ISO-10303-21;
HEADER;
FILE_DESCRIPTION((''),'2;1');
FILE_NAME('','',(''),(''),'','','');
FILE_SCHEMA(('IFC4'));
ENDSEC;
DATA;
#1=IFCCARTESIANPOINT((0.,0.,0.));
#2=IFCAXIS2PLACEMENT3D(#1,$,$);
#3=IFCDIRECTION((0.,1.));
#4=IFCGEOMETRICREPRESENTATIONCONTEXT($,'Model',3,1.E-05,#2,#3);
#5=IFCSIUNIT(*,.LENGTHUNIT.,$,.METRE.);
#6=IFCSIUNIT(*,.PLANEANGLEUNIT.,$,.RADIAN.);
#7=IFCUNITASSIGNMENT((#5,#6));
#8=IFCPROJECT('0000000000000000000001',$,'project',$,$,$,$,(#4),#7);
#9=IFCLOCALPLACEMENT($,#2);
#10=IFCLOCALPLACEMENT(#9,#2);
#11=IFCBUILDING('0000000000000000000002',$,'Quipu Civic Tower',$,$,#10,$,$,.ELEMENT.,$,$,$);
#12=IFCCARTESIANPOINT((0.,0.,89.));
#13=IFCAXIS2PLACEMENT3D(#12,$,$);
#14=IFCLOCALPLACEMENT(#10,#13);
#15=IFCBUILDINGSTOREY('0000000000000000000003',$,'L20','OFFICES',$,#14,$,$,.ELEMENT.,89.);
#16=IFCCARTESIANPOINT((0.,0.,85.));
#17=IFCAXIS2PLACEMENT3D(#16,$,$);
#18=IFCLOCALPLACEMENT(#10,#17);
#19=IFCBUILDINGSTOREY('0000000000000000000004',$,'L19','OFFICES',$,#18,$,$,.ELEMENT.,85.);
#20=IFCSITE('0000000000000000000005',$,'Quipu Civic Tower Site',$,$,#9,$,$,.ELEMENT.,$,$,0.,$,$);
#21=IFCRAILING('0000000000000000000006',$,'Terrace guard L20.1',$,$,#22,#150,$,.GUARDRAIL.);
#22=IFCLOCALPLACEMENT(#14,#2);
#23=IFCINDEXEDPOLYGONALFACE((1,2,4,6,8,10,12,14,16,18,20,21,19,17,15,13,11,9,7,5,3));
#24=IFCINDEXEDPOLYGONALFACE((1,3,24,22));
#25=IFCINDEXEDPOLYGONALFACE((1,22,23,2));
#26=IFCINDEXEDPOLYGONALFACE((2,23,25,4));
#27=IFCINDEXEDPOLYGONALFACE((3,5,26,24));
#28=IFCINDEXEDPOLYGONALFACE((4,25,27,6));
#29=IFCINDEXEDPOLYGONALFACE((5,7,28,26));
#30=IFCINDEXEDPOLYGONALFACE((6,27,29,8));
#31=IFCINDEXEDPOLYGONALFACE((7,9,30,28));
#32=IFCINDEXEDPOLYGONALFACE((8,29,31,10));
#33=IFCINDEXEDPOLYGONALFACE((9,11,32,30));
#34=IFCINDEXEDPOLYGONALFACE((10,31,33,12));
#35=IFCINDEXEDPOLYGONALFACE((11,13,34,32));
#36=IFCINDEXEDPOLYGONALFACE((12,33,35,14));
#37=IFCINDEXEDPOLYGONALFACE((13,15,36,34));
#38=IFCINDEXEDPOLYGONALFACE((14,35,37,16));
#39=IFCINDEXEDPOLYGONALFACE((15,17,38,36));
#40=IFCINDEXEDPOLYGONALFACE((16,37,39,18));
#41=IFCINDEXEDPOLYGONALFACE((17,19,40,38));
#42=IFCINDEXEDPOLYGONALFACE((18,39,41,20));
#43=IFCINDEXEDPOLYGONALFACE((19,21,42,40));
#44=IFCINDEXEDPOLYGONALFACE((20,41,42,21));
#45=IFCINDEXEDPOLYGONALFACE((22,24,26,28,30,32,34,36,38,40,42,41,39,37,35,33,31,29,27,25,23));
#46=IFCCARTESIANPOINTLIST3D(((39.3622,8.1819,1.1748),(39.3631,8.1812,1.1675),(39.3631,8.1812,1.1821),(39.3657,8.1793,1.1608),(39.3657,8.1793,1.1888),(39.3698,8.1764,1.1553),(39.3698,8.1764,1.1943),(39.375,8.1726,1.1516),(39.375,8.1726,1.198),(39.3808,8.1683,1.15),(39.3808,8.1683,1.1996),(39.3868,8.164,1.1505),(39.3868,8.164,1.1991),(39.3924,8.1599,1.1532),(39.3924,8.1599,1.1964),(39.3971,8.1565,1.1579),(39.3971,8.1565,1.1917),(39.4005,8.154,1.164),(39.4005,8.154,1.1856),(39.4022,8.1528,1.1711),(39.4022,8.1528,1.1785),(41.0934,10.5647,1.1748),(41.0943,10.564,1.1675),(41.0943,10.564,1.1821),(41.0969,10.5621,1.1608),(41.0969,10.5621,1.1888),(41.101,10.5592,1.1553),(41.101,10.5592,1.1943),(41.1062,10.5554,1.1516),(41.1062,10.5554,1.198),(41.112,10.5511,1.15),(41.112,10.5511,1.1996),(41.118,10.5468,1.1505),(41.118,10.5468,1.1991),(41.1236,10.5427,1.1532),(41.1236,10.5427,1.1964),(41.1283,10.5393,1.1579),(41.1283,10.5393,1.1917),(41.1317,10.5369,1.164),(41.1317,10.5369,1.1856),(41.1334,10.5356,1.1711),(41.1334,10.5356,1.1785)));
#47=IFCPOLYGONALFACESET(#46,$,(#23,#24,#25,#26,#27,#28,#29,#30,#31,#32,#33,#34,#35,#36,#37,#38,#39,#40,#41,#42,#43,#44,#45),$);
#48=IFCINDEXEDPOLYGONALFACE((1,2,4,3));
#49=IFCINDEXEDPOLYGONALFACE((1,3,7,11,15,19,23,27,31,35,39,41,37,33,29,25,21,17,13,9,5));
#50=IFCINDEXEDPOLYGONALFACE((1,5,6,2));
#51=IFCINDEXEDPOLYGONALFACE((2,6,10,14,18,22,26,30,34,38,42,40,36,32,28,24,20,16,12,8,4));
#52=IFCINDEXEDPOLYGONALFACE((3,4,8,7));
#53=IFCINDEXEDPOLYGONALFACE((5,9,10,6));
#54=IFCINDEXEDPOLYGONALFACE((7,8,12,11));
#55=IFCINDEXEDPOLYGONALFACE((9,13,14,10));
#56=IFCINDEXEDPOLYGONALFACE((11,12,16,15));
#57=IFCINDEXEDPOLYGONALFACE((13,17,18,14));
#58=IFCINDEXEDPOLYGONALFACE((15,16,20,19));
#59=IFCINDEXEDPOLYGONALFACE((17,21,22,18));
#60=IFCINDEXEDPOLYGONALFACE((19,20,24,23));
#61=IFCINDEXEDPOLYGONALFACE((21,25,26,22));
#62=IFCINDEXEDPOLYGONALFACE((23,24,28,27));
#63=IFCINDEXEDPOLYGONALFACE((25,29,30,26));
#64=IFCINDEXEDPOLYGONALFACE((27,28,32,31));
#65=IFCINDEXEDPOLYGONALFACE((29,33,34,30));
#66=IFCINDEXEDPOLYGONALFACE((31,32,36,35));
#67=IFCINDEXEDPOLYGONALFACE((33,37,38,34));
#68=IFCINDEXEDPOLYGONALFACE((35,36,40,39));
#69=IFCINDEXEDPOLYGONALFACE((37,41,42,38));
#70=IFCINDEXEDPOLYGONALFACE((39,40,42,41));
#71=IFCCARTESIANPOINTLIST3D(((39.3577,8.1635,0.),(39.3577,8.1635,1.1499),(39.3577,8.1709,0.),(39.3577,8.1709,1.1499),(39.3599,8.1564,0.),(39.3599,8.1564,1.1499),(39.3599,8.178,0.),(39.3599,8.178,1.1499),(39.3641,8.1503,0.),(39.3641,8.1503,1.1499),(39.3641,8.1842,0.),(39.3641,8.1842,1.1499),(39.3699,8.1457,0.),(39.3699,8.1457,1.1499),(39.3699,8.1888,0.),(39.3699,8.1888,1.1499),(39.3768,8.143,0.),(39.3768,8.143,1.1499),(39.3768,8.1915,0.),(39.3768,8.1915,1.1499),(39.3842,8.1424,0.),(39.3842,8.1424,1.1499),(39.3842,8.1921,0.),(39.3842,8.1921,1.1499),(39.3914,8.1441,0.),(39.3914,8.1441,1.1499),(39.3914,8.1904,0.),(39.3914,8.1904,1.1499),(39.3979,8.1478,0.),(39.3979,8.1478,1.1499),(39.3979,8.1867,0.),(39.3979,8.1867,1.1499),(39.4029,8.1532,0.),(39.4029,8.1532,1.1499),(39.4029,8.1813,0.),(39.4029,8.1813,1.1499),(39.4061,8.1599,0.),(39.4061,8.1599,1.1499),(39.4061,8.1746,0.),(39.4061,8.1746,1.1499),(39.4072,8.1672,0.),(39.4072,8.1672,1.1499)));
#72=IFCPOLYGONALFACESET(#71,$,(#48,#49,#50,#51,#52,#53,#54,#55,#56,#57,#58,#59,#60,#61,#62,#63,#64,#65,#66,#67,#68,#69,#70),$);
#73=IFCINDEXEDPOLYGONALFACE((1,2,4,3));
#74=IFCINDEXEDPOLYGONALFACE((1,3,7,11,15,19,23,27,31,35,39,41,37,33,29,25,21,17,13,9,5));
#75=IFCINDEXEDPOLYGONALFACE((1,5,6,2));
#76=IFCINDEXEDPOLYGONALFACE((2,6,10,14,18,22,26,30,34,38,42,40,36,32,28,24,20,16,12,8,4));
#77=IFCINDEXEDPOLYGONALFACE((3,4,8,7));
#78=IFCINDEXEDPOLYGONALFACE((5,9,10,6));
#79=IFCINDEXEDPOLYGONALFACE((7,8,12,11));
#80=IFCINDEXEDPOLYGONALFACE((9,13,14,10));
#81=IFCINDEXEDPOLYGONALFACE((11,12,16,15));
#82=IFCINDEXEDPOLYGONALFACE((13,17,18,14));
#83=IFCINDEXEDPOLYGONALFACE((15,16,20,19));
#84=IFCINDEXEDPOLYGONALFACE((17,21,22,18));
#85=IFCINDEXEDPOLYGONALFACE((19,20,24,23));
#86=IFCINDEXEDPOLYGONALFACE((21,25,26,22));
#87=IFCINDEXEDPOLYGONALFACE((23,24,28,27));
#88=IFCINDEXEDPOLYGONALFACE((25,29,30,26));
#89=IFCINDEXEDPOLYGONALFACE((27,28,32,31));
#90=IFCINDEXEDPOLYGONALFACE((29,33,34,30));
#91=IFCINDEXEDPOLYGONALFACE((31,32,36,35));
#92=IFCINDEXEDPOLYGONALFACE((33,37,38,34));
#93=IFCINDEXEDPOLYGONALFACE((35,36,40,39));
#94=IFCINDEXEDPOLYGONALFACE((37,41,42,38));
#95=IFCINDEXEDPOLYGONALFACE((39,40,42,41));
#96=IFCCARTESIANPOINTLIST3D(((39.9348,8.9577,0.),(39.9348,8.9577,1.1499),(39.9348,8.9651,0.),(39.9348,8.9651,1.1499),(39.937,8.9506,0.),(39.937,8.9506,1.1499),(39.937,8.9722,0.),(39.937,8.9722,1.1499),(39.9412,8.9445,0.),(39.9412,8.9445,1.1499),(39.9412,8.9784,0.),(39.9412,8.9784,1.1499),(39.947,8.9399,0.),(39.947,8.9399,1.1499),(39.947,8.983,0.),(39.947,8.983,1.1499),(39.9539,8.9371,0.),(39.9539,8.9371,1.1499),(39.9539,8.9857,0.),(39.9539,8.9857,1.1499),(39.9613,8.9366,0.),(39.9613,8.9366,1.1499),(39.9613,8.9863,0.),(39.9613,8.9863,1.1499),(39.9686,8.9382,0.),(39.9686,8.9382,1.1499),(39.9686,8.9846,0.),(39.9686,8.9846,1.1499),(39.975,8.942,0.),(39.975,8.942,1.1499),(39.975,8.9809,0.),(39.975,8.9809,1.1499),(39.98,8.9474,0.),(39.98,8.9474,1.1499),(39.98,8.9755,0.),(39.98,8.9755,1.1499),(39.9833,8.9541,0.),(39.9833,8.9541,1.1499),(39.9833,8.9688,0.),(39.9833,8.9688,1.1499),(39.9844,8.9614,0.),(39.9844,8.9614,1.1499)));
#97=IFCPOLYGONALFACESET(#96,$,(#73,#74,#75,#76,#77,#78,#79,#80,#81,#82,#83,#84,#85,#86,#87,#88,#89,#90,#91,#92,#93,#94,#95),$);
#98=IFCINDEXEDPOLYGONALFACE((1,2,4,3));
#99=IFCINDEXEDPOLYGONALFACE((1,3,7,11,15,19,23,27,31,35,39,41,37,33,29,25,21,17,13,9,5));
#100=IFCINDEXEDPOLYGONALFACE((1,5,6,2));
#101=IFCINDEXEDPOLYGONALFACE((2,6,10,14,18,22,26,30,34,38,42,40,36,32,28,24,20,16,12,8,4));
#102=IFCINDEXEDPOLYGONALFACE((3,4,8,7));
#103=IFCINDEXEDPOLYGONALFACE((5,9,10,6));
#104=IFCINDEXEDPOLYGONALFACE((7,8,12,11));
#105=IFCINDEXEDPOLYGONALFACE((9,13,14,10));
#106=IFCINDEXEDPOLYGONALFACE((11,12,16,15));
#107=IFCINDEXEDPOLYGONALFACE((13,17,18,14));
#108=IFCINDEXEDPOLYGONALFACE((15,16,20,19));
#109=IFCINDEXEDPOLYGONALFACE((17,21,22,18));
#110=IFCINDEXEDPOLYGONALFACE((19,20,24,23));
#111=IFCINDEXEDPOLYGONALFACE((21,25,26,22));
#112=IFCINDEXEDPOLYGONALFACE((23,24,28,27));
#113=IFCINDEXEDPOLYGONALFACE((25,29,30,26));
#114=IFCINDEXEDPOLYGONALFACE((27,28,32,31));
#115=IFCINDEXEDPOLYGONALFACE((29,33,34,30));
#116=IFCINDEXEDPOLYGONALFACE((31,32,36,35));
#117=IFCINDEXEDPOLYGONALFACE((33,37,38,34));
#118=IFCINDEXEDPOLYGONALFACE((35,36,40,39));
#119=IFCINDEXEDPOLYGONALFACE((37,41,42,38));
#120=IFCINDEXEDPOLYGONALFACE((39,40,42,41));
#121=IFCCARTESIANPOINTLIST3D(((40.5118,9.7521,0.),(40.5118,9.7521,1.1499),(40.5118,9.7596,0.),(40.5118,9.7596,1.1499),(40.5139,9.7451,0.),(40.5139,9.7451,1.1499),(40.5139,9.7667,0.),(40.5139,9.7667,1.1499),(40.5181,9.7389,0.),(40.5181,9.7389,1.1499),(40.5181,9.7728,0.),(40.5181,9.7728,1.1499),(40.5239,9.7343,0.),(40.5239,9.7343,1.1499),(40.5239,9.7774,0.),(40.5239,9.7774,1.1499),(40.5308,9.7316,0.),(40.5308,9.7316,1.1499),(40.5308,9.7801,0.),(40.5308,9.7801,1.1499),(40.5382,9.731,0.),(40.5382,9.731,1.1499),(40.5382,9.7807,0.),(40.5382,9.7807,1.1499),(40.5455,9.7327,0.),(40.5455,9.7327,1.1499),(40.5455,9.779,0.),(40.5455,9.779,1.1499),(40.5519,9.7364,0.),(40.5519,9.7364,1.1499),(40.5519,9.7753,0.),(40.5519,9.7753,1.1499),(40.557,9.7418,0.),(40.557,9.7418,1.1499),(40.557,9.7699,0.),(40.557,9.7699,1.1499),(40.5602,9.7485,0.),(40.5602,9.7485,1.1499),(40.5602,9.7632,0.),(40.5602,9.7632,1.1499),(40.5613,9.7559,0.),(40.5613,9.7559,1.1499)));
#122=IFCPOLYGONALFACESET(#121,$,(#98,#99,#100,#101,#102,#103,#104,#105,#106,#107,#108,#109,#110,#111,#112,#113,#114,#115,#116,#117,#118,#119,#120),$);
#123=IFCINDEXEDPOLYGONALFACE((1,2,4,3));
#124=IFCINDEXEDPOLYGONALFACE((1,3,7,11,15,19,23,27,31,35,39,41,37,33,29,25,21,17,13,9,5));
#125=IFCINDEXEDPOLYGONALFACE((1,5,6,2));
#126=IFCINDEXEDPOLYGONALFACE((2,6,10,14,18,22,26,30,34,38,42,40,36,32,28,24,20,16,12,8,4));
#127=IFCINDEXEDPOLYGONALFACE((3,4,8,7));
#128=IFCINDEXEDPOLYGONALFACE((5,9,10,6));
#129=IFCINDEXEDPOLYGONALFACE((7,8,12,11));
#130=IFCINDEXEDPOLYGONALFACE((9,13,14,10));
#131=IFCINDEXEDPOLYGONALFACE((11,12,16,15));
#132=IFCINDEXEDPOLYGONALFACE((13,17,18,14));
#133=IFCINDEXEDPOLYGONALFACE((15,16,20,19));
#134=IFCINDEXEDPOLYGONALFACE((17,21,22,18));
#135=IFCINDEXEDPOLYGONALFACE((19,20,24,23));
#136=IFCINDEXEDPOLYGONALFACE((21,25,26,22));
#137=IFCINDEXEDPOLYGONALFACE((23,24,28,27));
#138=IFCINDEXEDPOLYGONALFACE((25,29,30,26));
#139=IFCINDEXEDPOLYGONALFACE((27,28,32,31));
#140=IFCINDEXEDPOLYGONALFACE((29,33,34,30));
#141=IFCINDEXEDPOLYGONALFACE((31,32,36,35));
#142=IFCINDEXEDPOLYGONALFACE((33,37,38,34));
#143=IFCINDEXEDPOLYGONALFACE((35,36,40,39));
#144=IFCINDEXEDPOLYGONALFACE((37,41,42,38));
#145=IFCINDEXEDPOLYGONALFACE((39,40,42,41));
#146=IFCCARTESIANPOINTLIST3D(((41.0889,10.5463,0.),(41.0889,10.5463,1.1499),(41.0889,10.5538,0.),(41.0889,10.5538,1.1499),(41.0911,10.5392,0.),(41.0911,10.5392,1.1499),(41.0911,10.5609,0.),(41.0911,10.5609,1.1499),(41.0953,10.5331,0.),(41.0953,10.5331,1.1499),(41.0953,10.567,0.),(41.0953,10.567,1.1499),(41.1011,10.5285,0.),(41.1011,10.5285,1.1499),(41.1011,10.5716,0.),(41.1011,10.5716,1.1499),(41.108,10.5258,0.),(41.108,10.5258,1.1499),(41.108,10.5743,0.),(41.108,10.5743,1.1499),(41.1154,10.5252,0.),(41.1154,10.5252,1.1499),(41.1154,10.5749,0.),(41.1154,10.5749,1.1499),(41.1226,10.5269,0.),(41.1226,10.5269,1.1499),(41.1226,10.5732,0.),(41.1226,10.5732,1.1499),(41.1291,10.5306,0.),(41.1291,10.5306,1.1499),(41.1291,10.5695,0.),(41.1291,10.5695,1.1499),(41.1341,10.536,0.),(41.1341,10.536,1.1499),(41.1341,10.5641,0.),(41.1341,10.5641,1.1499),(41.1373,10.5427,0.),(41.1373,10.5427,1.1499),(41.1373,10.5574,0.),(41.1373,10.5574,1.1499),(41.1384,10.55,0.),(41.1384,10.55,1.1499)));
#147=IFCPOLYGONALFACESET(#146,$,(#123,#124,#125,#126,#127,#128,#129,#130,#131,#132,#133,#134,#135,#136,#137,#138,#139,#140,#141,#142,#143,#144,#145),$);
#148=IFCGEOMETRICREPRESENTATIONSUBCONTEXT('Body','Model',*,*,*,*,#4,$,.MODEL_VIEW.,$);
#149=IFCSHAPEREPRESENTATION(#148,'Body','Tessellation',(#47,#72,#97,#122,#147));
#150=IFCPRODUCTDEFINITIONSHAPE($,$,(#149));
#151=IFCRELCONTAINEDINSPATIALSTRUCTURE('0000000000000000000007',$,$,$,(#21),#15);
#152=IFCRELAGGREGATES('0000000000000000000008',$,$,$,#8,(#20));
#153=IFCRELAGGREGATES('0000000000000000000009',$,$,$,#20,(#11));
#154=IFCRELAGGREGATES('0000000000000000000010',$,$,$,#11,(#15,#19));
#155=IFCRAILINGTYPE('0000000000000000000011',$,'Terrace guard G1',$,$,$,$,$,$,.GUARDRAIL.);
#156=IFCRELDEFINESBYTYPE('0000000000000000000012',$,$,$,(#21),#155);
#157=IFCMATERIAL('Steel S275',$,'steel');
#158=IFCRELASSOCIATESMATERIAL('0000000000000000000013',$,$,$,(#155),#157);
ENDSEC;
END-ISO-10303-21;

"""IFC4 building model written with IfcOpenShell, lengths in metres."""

from ifc_helpers import new_model, si_unit, direction, frame, origin, origin_2d, place, context, subcontext, project, spatial, circle, extrude, material, type_object, element, save


model = new_model("IFC4")

# Units and contexts
model_context = context("Model", 3, precision=1e-05, world=origin(), true_north=direction((0.0, 1.0)))
body_context = subcontext(model_context, "Body", "Model", "MODEL_VIEW")
ifc_project = project(units=[si_unit("LENGTHUNIT", "METRE"), si_unit("PLANEANGLEUNIT", "RADIAN")], contexts=[model_context])

# Site, building, storey
site_placement = place(None, origin())
site = spatial("IfcSite", under=ifc_project, at=site_placement, Name="Quipu Civic Tower Site", CompositionType="ELEMENT", RefElevation=0.0)
building_placement = place(site_placement, origin())
building = spatial("IfcBuilding", under=site, at=building_placement, Name="Quipu Civic Tower", CompositionType="ELEMENT")
storey_1_placement = place(building_placement, frame((0.0, 0.0, 89.0)))
storey_1 = spatial("IfcBuildingStorey", under=building, at=storey_1_placement, Name="L20", Description="OFFICES", CompositionType="ELEMENT", Elevation=89.0)

# Shared definitions
storey_2_placement = place(building_placement, frame((0.0, 0.0, 85.0)))
storey_2 = spatial("IfcBuildingStorey", under=building, at=storey_2_placement, Name="L19", Description="OFFICES", CompositionType="ELEMENT", Elevation=85.0)

# Railing
ifc_material_1 = material(Name="Steel S275", Category="steel")
railing_type = type_object("IfcRailingType", Name="Terrace guard G1", PredefinedType="GUARDRAIL", material=ifc_material_1)
railing_1_placement = place(storey_1_placement, frame((39.3823, 8.1672, 0.0)))
element("IfcRailing", 1, at=railing_1_placement, inside=storey_1, type_object=railing_type, Name="Terrace guard L20.1", PredefinedType="GUARDRAIL", context=body_context, shape_type="SweptSolid", body=[
    extrude(circle(Radius=0.0249, at=origin_2d()), frame((0.0, 0.0, 1.1748), z_axis=(0.587782, 0.809019, 0.0), x_axis=(-0.809019, 0.587782, 0.0)), (0.0, 0.0, 1.0), 2.9453),
    extrude(circle(Radius=0.0249, at=origin_2d()), origin(), (0.0, 0.0, 1.0), 1.1499),
    extrude(circle(Radius=0.0249, at=origin_2d()), frame((0.5771, 0.7942, 0.0)), (0.0, 0.0, 1.0), 1.1499),
    extrude(circle(Radius=0.0249, at=origin_2d()), frame((1.1541, 1.5886, 0.0)), (0.0, 0.0, 1.0), 1.1499),
    extrude(circle(Radius=0.0249, at=origin_2d()), frame((1.7312, 2.3828, 0.0)), (0.0, 0.0, 1.0), 1.1499),
])

save(model, "model.ifc")
